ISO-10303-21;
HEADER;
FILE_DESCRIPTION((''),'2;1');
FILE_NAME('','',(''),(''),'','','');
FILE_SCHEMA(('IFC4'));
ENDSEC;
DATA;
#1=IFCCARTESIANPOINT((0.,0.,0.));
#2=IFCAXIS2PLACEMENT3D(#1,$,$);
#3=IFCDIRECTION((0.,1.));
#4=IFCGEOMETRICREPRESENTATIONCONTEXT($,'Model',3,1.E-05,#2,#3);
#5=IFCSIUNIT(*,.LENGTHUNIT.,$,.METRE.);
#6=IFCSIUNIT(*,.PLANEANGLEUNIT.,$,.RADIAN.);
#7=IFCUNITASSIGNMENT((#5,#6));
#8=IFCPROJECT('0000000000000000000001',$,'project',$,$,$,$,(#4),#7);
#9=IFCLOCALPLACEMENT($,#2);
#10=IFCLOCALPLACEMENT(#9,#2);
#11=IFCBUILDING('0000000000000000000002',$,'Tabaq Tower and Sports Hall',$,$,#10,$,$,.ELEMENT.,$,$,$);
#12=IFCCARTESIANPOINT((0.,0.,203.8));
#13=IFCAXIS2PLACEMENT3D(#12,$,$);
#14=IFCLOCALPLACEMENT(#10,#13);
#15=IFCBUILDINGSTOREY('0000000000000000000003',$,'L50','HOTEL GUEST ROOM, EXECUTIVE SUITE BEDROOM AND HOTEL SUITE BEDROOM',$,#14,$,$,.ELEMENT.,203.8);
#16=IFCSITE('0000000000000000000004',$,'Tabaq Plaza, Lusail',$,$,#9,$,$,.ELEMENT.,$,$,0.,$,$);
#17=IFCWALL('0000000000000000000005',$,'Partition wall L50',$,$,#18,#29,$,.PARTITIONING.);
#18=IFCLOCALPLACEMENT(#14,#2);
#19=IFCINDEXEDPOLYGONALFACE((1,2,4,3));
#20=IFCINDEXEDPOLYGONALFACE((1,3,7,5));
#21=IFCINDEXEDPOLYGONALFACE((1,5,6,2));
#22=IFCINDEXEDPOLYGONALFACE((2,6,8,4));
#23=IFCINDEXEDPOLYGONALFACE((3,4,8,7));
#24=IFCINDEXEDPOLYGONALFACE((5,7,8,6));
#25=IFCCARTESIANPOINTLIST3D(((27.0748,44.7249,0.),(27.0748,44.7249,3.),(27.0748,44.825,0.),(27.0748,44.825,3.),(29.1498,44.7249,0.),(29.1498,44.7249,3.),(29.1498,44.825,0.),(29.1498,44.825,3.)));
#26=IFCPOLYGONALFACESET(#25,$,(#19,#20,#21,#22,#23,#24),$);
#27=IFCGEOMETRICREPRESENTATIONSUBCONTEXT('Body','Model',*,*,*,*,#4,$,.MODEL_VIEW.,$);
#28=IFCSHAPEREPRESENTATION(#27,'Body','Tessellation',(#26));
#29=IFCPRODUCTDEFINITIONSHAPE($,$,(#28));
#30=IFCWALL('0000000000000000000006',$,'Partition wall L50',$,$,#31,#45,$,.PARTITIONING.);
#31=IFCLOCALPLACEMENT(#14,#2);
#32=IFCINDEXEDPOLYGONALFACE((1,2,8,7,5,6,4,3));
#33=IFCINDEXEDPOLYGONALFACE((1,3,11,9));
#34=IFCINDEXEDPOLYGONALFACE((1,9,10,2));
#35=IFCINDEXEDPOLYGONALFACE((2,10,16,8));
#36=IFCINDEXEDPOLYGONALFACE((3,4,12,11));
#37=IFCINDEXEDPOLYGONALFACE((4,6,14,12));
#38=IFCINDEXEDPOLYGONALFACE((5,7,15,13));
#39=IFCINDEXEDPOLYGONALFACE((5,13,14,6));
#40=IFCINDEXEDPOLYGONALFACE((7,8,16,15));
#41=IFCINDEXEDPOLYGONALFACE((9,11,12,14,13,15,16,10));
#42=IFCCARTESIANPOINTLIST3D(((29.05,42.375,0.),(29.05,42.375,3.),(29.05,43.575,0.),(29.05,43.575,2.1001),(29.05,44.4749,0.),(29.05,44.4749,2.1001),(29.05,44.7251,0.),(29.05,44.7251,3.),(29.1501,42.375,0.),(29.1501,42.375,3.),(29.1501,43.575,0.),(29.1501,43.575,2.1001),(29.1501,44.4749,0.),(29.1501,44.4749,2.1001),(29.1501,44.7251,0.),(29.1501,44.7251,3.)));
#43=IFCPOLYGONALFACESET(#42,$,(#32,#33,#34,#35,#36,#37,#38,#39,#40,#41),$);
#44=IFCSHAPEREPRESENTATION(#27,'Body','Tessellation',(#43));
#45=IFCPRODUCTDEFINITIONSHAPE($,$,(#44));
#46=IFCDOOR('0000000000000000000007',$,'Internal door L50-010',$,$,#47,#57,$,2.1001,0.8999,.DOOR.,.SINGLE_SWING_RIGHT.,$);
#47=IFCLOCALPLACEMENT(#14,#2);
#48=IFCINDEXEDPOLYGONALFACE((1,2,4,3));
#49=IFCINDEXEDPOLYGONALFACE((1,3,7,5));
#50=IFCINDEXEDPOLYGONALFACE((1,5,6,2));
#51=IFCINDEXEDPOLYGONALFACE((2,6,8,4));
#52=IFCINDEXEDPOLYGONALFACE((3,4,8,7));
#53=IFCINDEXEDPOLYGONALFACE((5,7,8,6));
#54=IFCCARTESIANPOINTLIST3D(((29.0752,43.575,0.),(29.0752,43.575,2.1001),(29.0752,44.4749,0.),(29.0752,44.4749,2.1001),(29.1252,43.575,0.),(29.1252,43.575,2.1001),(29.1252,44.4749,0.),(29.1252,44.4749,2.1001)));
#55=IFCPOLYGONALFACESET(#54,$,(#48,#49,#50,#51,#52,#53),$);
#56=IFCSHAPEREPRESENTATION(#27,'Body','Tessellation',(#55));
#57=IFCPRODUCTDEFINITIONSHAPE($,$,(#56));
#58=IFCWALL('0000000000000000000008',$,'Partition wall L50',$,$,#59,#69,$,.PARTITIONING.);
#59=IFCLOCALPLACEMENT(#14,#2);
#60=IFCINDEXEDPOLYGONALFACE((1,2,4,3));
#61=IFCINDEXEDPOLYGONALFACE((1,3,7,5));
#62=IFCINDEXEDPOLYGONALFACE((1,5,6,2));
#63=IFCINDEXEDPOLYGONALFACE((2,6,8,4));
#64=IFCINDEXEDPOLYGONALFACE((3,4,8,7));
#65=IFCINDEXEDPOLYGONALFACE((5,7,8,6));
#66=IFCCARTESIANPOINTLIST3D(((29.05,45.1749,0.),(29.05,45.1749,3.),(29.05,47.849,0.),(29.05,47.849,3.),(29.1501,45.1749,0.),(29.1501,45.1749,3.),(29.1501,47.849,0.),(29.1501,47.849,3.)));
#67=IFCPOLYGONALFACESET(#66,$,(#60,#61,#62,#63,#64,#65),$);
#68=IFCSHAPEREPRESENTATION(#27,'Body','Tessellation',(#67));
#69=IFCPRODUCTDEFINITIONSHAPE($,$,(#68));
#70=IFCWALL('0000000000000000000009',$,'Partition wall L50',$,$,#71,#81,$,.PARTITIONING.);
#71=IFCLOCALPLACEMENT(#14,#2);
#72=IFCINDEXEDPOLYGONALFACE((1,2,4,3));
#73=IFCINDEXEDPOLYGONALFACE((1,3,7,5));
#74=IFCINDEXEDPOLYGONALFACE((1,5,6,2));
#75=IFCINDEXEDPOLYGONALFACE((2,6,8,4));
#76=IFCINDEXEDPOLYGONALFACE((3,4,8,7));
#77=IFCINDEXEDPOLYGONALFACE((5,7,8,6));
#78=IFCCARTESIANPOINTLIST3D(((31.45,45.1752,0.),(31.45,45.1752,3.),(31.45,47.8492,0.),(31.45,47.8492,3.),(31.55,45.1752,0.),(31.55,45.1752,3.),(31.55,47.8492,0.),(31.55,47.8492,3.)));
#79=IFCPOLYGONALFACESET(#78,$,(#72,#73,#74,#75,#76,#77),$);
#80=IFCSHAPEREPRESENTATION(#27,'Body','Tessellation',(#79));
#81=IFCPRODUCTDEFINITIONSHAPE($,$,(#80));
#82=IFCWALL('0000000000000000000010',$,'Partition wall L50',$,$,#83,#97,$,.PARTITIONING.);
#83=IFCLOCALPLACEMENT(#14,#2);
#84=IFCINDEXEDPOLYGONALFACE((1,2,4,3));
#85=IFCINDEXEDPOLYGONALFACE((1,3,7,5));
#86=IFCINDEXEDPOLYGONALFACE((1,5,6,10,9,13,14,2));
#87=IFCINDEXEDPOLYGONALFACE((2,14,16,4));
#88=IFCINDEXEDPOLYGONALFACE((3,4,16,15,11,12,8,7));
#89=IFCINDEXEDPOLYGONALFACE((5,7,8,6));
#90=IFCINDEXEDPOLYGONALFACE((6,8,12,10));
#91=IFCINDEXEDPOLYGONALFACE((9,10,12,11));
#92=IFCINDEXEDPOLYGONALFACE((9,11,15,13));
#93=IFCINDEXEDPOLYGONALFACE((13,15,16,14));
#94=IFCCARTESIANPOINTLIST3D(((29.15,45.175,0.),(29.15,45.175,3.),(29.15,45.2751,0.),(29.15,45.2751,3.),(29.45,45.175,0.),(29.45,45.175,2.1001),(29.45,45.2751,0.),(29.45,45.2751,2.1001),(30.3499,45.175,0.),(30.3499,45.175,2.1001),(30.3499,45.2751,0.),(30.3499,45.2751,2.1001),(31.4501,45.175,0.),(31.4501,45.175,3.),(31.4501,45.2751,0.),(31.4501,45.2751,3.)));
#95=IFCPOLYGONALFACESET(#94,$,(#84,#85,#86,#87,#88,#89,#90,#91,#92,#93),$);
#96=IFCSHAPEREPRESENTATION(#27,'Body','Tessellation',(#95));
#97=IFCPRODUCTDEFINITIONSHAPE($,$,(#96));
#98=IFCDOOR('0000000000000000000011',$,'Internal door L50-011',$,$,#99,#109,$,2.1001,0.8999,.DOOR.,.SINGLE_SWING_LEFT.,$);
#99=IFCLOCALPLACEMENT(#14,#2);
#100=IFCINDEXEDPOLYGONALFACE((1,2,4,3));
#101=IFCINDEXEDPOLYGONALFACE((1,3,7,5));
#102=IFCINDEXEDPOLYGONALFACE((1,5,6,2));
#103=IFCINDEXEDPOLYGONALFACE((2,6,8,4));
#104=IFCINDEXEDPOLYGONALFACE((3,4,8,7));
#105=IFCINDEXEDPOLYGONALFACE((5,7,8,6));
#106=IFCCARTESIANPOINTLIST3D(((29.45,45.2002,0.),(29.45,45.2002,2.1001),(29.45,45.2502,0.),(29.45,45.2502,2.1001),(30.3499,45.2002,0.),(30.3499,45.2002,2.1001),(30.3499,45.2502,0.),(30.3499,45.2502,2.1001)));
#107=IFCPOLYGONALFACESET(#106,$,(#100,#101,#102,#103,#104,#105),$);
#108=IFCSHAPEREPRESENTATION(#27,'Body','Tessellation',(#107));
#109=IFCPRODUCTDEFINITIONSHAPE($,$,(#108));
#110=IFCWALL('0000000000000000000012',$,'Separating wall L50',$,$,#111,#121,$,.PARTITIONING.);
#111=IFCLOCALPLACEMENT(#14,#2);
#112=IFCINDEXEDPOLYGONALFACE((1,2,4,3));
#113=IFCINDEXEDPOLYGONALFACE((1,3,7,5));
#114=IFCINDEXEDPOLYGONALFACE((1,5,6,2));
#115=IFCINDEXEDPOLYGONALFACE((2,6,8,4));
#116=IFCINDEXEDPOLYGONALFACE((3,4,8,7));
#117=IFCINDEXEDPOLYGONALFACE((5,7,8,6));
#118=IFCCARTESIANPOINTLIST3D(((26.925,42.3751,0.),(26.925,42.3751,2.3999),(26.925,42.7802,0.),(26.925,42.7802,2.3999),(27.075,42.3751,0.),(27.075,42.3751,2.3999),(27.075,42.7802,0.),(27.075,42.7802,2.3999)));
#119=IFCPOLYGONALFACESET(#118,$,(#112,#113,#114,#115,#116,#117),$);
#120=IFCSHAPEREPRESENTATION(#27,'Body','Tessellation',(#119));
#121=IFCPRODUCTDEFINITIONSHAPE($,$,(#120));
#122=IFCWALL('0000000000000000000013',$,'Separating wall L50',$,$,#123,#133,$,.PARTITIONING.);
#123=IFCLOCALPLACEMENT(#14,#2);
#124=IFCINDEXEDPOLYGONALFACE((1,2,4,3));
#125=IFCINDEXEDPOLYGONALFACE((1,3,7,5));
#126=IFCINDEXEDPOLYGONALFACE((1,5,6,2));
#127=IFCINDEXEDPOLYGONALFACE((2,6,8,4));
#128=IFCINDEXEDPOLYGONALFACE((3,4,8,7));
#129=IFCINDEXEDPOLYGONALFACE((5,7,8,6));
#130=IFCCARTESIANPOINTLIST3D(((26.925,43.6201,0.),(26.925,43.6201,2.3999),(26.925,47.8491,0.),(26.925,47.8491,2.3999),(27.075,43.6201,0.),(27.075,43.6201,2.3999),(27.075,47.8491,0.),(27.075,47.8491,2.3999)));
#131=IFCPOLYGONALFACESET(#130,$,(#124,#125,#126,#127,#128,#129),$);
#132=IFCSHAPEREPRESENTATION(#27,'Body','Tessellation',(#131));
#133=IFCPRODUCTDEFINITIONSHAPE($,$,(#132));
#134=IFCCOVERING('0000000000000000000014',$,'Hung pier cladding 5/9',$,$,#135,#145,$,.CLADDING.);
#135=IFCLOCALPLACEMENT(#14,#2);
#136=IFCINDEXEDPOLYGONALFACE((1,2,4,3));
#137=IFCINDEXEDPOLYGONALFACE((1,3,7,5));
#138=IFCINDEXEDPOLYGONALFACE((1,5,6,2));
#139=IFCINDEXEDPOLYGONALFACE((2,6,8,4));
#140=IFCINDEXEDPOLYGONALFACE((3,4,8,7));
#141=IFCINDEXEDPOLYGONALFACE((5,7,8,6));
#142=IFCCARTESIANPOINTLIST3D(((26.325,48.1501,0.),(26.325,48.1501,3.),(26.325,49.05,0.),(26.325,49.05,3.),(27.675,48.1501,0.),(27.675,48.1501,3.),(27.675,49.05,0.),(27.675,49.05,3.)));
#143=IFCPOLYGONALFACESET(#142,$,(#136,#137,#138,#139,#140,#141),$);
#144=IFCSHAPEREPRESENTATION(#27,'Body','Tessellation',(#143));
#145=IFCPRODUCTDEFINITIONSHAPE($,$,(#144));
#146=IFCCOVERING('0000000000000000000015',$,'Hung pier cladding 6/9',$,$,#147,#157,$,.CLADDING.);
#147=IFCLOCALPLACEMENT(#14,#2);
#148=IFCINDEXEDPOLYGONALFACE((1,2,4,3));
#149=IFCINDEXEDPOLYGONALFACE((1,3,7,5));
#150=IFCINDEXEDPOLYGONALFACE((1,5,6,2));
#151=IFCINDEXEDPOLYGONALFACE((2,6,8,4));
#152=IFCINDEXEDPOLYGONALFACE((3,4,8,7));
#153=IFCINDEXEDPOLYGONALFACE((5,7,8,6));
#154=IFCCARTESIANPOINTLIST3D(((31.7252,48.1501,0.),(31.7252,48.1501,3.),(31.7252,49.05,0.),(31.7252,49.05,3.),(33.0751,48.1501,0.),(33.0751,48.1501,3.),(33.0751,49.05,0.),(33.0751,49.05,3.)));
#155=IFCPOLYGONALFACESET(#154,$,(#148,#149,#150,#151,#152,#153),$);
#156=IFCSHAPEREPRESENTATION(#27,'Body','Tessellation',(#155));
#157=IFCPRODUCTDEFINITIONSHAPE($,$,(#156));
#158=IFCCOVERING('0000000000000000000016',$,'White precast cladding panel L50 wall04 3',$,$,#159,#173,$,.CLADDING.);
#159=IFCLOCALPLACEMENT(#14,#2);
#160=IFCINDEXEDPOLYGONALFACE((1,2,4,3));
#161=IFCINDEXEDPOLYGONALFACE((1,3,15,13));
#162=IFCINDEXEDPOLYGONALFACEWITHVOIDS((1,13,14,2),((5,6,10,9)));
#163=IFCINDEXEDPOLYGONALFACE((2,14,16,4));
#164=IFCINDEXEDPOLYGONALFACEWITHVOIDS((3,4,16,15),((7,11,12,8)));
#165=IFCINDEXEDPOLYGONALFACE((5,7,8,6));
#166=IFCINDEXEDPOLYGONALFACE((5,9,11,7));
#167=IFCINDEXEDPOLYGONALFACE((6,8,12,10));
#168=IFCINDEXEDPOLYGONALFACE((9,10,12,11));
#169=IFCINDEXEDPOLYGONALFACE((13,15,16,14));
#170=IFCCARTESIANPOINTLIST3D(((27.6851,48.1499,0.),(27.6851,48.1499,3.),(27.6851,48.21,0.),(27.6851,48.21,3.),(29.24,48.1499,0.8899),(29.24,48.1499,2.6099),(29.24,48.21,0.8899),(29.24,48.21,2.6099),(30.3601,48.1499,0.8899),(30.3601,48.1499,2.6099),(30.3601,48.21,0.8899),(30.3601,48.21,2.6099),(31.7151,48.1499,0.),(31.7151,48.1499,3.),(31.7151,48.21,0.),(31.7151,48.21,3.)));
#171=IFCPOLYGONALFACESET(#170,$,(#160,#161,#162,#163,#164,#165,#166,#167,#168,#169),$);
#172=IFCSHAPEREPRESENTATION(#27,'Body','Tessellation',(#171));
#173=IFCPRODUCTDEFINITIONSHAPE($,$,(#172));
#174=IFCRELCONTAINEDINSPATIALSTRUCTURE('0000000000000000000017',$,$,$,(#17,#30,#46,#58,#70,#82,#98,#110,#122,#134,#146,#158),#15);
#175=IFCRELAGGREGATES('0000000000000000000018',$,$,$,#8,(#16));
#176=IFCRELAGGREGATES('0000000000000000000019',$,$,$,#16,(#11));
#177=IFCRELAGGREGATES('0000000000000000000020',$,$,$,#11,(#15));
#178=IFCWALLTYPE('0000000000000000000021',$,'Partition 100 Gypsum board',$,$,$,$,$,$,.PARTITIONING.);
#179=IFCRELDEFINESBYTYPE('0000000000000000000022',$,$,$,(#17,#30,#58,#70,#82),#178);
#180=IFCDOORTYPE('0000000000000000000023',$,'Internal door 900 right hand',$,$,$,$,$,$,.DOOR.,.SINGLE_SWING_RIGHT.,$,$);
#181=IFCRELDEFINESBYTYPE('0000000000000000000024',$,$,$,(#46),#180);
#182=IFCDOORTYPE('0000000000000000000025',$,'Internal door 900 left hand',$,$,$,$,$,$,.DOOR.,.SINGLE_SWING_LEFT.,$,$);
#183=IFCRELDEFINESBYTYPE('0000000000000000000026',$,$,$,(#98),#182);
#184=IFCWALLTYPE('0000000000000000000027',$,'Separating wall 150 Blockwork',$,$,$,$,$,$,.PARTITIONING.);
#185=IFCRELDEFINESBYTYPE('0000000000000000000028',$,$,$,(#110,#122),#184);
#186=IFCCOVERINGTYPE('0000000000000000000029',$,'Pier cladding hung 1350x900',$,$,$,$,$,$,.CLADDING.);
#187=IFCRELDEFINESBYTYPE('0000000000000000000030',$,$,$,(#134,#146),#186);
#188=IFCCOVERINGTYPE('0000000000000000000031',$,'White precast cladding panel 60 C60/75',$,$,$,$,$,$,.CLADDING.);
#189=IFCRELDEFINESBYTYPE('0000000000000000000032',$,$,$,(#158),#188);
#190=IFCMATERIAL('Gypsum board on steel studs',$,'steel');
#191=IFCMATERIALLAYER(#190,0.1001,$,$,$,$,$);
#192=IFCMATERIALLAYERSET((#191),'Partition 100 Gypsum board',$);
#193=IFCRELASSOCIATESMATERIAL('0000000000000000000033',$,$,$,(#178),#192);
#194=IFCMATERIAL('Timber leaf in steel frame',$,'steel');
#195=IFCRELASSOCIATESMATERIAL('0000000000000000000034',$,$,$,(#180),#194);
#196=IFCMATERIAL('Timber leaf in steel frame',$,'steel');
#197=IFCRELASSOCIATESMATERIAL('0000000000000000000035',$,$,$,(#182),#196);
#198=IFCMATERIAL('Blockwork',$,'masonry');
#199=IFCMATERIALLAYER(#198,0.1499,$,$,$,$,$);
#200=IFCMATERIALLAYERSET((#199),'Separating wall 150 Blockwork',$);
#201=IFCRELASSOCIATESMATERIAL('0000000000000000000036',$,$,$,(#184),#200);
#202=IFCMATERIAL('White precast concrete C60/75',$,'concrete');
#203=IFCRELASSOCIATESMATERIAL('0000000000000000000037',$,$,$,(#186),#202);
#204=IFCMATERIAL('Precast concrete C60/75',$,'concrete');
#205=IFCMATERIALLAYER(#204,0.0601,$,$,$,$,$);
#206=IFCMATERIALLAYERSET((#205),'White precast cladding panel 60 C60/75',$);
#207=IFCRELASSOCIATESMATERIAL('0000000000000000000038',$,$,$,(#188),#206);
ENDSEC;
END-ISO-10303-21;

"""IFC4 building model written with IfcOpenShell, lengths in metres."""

from ifc_helpers import new_model, si_unit, direction, frame, frame_2d, origin, place, context, subcontext, project, spatial, polyline, rectangle, outline, extrude, material, layer, layer_set, type_object, element, fill, save


model = new_model("IFC4")

# Units and contexts
model_context = context("Model", 3, precision=1e-05, world=origin(), true_north=direction((0.0, 1.0)))
body_context = subcontext(model_context, "Body", "Model", "MODEL_VIEW")
ifc_project = project(units=[si_unit("LENGTHUNIT", "METRE"), si_unit("PLANEANGLEUNIT", "RADIAN")], contexts=[model_context])

# Site, building, storey
site_placement = place(None, origin())
site = spatial("IfcSite", under=ifc_project, at=site_placement, Name="Tabaq Plaza, Lusail", CompositionType="ELEMENT", RefElevation=0.0)
building_placement = place(site_placement, origin())
building = spatial("IfcBuilding", under=site, at=building_placement, Name="Tabaq Tower and Sports Hall", CompositionType="ELEMENT")
storey_placement = place(building_placement, frame((0.0, 0.0, 203.8)))
storey = spatial("IfcBuildingStorey", under=building, at=storey_placement, Name="L50", Description="HOTEL GUEST ROOM, EXECUTIVE SUITE BEDROOM AND HOTEL SUITE BEDROOM", CompositionType="ELEMENT", Elevation=203.8)

# Shared definitions
ifc_material_1 = material(Name="Gypsum board on steel studs", Category="steel")
ifc_layer_1 = layer(ifc_material_1, 0.1001)
ifc_layer_set_1 = layer_set([ifc_layer_1], Name="Partition 100 Gypsum board")
wall_type_1 = type_object("IfcWallType", Name="Partition 100 Gypsum board", PredefinedType="PARTITIONING", material=ifc_layer_set_1)
ifc_material_2 = material(Name="Timber leaf in steel frame", Category="steel")
door_type_1 = type_object("IfcDoorType", Name="Internal door 900 right hand", OperationType="SINGLE_SWING_RIGHT", PredefinedType="DOOR", material=ifc_material_2)

# Shared definitions
ifc_material_3 = material(Name="Timber leaf in steel frame", Category="steel")
door_type_2 = type_object("IfcDoorType", Name="Internal door 900 left hand", OperationType="SINGLE_SWING_LEFT", PredefinedType="DOOR", material=ifc_material_3)

# Wall
wall_1_placement = place(storey_placement, frame((29.1499, 44.7749, 0.0), z_axis=(0.0, 0.0, 1.0), x_axis=(-1.0, 0.0, 0.0)))
element("IfcWall", 1, at=wall_1_placement, inside=storey, type_object=wall_type_1, Name="Partition wall L50", PredefinedType="PARTITIONING", context=body_context, shape_type="SweptSolid", body=[
    extrude(rectangle(XDim=2.075, YDim=0.1001, at=frame_2d((1.0376, 0.0))), origin(), (0.0, 0.0, 1.0), 3.0),
])

# Wall, opening, door
wall_2_placement = place(storey_placement, frame((29.1001, 42.375, 0.0), z_axis=(0.0, 0.0, 1.0), x_axis=(0.0, 1.0, 0.0)))
wall_2 = element("IfcWall", 2, at=wall_2_placement, inside=storey, type_object=wall_type_1, Name="Partition wall L50", PredefinedType="PARTITIONING", context=body_context, shape_type="SweptSolid", body=[
    extrude(rectangle(XDim=2.3501, YDim=0.1001, at=frame_2d((1.175, 0.0))), origin(), (0.0, 0.0, 1.0), 3.0),
])
opening_1_placement = place(wall_2_placement, frame((1.2, 0.0, 0.0)))
opening_1 = element("IfcOpeningElement", 3, at=opening_1_placement, cuts=wall_2, PredefinedType="OPENING", context=body_context, shape_type="SweptSolid", body=[
    extrude(rectangle(XDim=0.8999, YDim=2.1001, at=frame_2d((0.45, 1.05))), frame((0.0, 0.05, 0.0), z_axis=(0.0, -1.0, 0.0), x_axis=(1.0, 0.0, 0.0)), (0.0, 0.0, 1.0), 0.1001),
])
door_1_placement = place(opening_1_placement, origin())
door_1 = element("IfcDoor", 4, at=door_1_placement, inside=storey, type_object=door_type_1, Name="Internal door L50-010", OperationType="SINGLE_SWING_RIGHT", OverallHeight=2.1001, OverallWidth=0.8999, PredefinedType="DOOR", context=body_context, shape_type="SweptSolid", body=[
    extrude(rectangle(XDim=0.8999, YDim=2.1001, at=frame_2d((0.45, 1.05))), frame((0.0, 0.0249, 0.0), z_axis=(0.0, -1.0, 0.0), x_axis=(1.0, 0.0, 0.0)), (0.0, 0.0, 1.0), 0.05),
])
fill(opening_1, door_1)

# Walls
for number, where, z_axis, x_axis, name in (
    (5, (29.1001, 45.175, 0.0), (0.0, 0.0, 1.0), (0.0, 1.0, 0.0), "Partition wall L50"),
    (6, (31.5, 47.8491, 0.0), (0.0, 0.0, 1.0), (0.0, -1.0, 0.0), "Partition wall L50"),
):
    element("IfcWall", number, at=place(storey_placement, frame(where, z_axis=z_axis, x_axis=x_axis)), inside=storey, type_object=wall_type_1, Name=name, PredefinedType="PARTITIONING", context=body_context, shape_type="SweptSolid", body=[
        extrude(rectangle(XDim=2.6741, YDim=0.1001, at=frame_2d((1.3369, 0.0))), origin(), (0.0, 0.0, 1.0), 3.0),
    ])

# Wall, opening, door
wall_3_placement = place(storey_placement, frame((31.45, 45.2251, 0.0), z_axis=(0.0, 0.0, 1.0), x_axis=(-1.0, 0.0, 0.0)))
wall_3 = element("IfcWall", 7, at=wall_3_placement, inside=storey, type_object=wall_type_1, Name="Partition wall L50", PredefinedType="PARTITIONING", context=body_context, shape_type="SweptSolid", body=[
    extrude(rectangle(XDim=2.3, YDim=0.1001, at=frame_2d((1.1499, 0.0))), origin(), (0.0, 0.0, 1.0), 3.0),
])
opening_2_placement = place(wall_3_placement, frame((1.1001, 0.0, 0.0)))
opening_2 = element("IfcOpeningElement", 8, at=opening_2_placement, cuts=wall_3, PredefinedType="OPENING", context=body_context, shape_type="SweptSolid", body=[
    extrude(rectangle(XDim=0.8999, YDim=2.1001, at=frame_2d((0.45, 1.05))), frame((0.0, 0.05, 0.0), z_axis=(0.0, -1.0, 0.0), x_axis=(1.0, 0.0, 0.0)), (0.0, 0.0, 1.0), 0.1001),
])
door_2_placement = place(opening_2_placement, origin())
door_2 = element("IfcDoor", 9, at=door_2_placement, inside=storey, type_object=door_type_2, Name="Internal door L50-011", OperationType="SINGLE_SWING_LEFT", OverallHeight=2.1001, OverallWidth=0.8999, PredefinedType="DOOR", context=body_context, shape_type="SweptSolid", body=[
    extrude(rectangle(XDim=0.8999, YDim=2.1001, at=frame_2d((0.45, 1.05))), frame((0.0, 0.0249, 0.0), z_axis=(0.0, -1.0, 0.0), x_axis=(1.0, 0.0, 0.0)), (0.0, 0.0, 1.0), 0.05),
])
fill(opening_2, door_2)

# Walls
ifc_material_4 = material(Name="Blockwork", Category="masonry")
ifc_layer_2 = layer(ifc_material_4, 0.1499)
ifc_layer_set_2 = layer_set([ifc_layer_2], Name="Separating wall 150 Blockwork")
wall_type_2 = type_object("IfcWallType", Name="Separating wall 150 Blockwork", PredefinedType="PARTITIONING", material=ifc_layer_set_2)
wall_4_placement = place(storey_placement, frame((27.0, 42.375, 0.0), z_axis=(0.0, 0.0, 1.0), x_axis=(0.0, 1.0, 0.0)))
element("IfcWall", 10, at=wall_4_placement, inside=storey, type_object=wall_type_2, Name="Separating wall L50", PredefinedType="PARTITIONING", context=body_context, shape_type="SweptSolid", body=[
    extrude(rectangle(XDim=0.405, YDim=0.1499, at=frame_2d((0.2026, 0.0))), origin(), (0.0, 0.0, 1.0), 2.3999),
])
wall_5_placement = place(storey_placement, frame((27.0, 43.6201, 0.0), z_axis=(0.0, 0.0, 1.0), x_axis=(0.0, 1.0, 0.0)))
element("IfcWall", 11, at=wall_5_placement, inside=storey, type_object=wall_type_2, Name="Separating wall L50", PredefinedType="PARTITIONING", context=body_context, shape_type="SweptSolid", body=[
    extrude(rectangle(XDim=4.229, YDim=0.1499, at=frame_2d((2.1145, 0.0))), origin(), (0.0, 0.0, 1.0), 2.3999),
])

# Coverings
ifc_material_5 = material(Name="White precast concrete C60/75", Category="concrete")
covering_type_1 = type_object("IfcCoveringType", Name="Pier cladding hung 1350x900", PredefinedType="CLADDING", material=ifc_material_5)
covering_1_placement = place(storey_placement, frame((27.675, 48.6001, 0.0), z_axis=(0.0, 0.0, 1.0), x_axis=(-1.0, 0.0, 0.0)))
element("IfcCovering", 12, at=covering_1_placement, inside=storey, type_object=covering_type_1, Name="Hung pier cladding 5/9", PredefinedType="CLADDING", context=body_context, shape_type="SweptSolid", body=[
    extrude(rectangle(XDim=1.3501, YDim=0.8999, at=frame_2d((0.675, 0.0))), origin(), (0.0, 0.0, 1.0), 3.0),
])
covering_2_placement = place(storey_placement, frame((33.075, 48.6001, 0.0), z_axis=(0.0, 0.0, 1.0), x_axis=(-1.0, 0.0, 0.0)))
element("IfcCovering", 13, at=covering_2_placement, inside=storey, type_object=covering_type_1, Name="Hung pier cladding 6/9", PredefinedType="CLADDING", context=body_context, shape_type="SweptSolid", body=[
    extrude(rectangle(XDim=1.3499, YDim=0.8999, at=frame_2d((0.6748, 0.0))), origin(), (0.0, 0.0, 1.0), 3.0),
])
ifc_material_6 = material(Name="Precast concrete C60/75", Category="concrete")
ifc_layer_3 = layer(ifc_material_6, 0.0601)
ifc_layer_set_3 = layer_set([ifc_layer_3], Name="White precast cladding panel 60 C60/75")
covering_type_2 = type_object("IfcCoveringType", Name="White precast cladding panel 60 C60/75", PredefinedType="CLADDING", material=ifc_layer_set_3)
covering_3_placement = place(storey_placement, frame((31.7151, 48.1799, 0.0), z_axis=(0.0, 0.0, 1.0), x_axis=(-1.0, 0.0, 0.0)))
element("IfcCovering", 14, at=covering_3_placement, inside=storey, type_object=covering_type_2, Name="White precast cladding panel L50 wall04 3", PredefinedType="CLADDING", context=body_context, shape_type="SweptSolid", body=[
    extrude(outline(polyline([(0.0, 0.0), (4.03, 0.0), (4.03, 3.0), (0.0, 3.0), (0.0, 0.0)]), holes=[polyline([(1.355, 0.8899), (1.355, 2.6099), (2.4751, 2.6099), (2.4751, 0.8899), (1.355, 0.8899)])]), frame((0.0, 0.03, 0.0), z_axis=(0.0, -1.0, 0.0), x_axis=(1.0, 0.0, 0.0)), (0.0, 0.0, 1.0), 0.0601),
])

save(model, "model.ifc")
